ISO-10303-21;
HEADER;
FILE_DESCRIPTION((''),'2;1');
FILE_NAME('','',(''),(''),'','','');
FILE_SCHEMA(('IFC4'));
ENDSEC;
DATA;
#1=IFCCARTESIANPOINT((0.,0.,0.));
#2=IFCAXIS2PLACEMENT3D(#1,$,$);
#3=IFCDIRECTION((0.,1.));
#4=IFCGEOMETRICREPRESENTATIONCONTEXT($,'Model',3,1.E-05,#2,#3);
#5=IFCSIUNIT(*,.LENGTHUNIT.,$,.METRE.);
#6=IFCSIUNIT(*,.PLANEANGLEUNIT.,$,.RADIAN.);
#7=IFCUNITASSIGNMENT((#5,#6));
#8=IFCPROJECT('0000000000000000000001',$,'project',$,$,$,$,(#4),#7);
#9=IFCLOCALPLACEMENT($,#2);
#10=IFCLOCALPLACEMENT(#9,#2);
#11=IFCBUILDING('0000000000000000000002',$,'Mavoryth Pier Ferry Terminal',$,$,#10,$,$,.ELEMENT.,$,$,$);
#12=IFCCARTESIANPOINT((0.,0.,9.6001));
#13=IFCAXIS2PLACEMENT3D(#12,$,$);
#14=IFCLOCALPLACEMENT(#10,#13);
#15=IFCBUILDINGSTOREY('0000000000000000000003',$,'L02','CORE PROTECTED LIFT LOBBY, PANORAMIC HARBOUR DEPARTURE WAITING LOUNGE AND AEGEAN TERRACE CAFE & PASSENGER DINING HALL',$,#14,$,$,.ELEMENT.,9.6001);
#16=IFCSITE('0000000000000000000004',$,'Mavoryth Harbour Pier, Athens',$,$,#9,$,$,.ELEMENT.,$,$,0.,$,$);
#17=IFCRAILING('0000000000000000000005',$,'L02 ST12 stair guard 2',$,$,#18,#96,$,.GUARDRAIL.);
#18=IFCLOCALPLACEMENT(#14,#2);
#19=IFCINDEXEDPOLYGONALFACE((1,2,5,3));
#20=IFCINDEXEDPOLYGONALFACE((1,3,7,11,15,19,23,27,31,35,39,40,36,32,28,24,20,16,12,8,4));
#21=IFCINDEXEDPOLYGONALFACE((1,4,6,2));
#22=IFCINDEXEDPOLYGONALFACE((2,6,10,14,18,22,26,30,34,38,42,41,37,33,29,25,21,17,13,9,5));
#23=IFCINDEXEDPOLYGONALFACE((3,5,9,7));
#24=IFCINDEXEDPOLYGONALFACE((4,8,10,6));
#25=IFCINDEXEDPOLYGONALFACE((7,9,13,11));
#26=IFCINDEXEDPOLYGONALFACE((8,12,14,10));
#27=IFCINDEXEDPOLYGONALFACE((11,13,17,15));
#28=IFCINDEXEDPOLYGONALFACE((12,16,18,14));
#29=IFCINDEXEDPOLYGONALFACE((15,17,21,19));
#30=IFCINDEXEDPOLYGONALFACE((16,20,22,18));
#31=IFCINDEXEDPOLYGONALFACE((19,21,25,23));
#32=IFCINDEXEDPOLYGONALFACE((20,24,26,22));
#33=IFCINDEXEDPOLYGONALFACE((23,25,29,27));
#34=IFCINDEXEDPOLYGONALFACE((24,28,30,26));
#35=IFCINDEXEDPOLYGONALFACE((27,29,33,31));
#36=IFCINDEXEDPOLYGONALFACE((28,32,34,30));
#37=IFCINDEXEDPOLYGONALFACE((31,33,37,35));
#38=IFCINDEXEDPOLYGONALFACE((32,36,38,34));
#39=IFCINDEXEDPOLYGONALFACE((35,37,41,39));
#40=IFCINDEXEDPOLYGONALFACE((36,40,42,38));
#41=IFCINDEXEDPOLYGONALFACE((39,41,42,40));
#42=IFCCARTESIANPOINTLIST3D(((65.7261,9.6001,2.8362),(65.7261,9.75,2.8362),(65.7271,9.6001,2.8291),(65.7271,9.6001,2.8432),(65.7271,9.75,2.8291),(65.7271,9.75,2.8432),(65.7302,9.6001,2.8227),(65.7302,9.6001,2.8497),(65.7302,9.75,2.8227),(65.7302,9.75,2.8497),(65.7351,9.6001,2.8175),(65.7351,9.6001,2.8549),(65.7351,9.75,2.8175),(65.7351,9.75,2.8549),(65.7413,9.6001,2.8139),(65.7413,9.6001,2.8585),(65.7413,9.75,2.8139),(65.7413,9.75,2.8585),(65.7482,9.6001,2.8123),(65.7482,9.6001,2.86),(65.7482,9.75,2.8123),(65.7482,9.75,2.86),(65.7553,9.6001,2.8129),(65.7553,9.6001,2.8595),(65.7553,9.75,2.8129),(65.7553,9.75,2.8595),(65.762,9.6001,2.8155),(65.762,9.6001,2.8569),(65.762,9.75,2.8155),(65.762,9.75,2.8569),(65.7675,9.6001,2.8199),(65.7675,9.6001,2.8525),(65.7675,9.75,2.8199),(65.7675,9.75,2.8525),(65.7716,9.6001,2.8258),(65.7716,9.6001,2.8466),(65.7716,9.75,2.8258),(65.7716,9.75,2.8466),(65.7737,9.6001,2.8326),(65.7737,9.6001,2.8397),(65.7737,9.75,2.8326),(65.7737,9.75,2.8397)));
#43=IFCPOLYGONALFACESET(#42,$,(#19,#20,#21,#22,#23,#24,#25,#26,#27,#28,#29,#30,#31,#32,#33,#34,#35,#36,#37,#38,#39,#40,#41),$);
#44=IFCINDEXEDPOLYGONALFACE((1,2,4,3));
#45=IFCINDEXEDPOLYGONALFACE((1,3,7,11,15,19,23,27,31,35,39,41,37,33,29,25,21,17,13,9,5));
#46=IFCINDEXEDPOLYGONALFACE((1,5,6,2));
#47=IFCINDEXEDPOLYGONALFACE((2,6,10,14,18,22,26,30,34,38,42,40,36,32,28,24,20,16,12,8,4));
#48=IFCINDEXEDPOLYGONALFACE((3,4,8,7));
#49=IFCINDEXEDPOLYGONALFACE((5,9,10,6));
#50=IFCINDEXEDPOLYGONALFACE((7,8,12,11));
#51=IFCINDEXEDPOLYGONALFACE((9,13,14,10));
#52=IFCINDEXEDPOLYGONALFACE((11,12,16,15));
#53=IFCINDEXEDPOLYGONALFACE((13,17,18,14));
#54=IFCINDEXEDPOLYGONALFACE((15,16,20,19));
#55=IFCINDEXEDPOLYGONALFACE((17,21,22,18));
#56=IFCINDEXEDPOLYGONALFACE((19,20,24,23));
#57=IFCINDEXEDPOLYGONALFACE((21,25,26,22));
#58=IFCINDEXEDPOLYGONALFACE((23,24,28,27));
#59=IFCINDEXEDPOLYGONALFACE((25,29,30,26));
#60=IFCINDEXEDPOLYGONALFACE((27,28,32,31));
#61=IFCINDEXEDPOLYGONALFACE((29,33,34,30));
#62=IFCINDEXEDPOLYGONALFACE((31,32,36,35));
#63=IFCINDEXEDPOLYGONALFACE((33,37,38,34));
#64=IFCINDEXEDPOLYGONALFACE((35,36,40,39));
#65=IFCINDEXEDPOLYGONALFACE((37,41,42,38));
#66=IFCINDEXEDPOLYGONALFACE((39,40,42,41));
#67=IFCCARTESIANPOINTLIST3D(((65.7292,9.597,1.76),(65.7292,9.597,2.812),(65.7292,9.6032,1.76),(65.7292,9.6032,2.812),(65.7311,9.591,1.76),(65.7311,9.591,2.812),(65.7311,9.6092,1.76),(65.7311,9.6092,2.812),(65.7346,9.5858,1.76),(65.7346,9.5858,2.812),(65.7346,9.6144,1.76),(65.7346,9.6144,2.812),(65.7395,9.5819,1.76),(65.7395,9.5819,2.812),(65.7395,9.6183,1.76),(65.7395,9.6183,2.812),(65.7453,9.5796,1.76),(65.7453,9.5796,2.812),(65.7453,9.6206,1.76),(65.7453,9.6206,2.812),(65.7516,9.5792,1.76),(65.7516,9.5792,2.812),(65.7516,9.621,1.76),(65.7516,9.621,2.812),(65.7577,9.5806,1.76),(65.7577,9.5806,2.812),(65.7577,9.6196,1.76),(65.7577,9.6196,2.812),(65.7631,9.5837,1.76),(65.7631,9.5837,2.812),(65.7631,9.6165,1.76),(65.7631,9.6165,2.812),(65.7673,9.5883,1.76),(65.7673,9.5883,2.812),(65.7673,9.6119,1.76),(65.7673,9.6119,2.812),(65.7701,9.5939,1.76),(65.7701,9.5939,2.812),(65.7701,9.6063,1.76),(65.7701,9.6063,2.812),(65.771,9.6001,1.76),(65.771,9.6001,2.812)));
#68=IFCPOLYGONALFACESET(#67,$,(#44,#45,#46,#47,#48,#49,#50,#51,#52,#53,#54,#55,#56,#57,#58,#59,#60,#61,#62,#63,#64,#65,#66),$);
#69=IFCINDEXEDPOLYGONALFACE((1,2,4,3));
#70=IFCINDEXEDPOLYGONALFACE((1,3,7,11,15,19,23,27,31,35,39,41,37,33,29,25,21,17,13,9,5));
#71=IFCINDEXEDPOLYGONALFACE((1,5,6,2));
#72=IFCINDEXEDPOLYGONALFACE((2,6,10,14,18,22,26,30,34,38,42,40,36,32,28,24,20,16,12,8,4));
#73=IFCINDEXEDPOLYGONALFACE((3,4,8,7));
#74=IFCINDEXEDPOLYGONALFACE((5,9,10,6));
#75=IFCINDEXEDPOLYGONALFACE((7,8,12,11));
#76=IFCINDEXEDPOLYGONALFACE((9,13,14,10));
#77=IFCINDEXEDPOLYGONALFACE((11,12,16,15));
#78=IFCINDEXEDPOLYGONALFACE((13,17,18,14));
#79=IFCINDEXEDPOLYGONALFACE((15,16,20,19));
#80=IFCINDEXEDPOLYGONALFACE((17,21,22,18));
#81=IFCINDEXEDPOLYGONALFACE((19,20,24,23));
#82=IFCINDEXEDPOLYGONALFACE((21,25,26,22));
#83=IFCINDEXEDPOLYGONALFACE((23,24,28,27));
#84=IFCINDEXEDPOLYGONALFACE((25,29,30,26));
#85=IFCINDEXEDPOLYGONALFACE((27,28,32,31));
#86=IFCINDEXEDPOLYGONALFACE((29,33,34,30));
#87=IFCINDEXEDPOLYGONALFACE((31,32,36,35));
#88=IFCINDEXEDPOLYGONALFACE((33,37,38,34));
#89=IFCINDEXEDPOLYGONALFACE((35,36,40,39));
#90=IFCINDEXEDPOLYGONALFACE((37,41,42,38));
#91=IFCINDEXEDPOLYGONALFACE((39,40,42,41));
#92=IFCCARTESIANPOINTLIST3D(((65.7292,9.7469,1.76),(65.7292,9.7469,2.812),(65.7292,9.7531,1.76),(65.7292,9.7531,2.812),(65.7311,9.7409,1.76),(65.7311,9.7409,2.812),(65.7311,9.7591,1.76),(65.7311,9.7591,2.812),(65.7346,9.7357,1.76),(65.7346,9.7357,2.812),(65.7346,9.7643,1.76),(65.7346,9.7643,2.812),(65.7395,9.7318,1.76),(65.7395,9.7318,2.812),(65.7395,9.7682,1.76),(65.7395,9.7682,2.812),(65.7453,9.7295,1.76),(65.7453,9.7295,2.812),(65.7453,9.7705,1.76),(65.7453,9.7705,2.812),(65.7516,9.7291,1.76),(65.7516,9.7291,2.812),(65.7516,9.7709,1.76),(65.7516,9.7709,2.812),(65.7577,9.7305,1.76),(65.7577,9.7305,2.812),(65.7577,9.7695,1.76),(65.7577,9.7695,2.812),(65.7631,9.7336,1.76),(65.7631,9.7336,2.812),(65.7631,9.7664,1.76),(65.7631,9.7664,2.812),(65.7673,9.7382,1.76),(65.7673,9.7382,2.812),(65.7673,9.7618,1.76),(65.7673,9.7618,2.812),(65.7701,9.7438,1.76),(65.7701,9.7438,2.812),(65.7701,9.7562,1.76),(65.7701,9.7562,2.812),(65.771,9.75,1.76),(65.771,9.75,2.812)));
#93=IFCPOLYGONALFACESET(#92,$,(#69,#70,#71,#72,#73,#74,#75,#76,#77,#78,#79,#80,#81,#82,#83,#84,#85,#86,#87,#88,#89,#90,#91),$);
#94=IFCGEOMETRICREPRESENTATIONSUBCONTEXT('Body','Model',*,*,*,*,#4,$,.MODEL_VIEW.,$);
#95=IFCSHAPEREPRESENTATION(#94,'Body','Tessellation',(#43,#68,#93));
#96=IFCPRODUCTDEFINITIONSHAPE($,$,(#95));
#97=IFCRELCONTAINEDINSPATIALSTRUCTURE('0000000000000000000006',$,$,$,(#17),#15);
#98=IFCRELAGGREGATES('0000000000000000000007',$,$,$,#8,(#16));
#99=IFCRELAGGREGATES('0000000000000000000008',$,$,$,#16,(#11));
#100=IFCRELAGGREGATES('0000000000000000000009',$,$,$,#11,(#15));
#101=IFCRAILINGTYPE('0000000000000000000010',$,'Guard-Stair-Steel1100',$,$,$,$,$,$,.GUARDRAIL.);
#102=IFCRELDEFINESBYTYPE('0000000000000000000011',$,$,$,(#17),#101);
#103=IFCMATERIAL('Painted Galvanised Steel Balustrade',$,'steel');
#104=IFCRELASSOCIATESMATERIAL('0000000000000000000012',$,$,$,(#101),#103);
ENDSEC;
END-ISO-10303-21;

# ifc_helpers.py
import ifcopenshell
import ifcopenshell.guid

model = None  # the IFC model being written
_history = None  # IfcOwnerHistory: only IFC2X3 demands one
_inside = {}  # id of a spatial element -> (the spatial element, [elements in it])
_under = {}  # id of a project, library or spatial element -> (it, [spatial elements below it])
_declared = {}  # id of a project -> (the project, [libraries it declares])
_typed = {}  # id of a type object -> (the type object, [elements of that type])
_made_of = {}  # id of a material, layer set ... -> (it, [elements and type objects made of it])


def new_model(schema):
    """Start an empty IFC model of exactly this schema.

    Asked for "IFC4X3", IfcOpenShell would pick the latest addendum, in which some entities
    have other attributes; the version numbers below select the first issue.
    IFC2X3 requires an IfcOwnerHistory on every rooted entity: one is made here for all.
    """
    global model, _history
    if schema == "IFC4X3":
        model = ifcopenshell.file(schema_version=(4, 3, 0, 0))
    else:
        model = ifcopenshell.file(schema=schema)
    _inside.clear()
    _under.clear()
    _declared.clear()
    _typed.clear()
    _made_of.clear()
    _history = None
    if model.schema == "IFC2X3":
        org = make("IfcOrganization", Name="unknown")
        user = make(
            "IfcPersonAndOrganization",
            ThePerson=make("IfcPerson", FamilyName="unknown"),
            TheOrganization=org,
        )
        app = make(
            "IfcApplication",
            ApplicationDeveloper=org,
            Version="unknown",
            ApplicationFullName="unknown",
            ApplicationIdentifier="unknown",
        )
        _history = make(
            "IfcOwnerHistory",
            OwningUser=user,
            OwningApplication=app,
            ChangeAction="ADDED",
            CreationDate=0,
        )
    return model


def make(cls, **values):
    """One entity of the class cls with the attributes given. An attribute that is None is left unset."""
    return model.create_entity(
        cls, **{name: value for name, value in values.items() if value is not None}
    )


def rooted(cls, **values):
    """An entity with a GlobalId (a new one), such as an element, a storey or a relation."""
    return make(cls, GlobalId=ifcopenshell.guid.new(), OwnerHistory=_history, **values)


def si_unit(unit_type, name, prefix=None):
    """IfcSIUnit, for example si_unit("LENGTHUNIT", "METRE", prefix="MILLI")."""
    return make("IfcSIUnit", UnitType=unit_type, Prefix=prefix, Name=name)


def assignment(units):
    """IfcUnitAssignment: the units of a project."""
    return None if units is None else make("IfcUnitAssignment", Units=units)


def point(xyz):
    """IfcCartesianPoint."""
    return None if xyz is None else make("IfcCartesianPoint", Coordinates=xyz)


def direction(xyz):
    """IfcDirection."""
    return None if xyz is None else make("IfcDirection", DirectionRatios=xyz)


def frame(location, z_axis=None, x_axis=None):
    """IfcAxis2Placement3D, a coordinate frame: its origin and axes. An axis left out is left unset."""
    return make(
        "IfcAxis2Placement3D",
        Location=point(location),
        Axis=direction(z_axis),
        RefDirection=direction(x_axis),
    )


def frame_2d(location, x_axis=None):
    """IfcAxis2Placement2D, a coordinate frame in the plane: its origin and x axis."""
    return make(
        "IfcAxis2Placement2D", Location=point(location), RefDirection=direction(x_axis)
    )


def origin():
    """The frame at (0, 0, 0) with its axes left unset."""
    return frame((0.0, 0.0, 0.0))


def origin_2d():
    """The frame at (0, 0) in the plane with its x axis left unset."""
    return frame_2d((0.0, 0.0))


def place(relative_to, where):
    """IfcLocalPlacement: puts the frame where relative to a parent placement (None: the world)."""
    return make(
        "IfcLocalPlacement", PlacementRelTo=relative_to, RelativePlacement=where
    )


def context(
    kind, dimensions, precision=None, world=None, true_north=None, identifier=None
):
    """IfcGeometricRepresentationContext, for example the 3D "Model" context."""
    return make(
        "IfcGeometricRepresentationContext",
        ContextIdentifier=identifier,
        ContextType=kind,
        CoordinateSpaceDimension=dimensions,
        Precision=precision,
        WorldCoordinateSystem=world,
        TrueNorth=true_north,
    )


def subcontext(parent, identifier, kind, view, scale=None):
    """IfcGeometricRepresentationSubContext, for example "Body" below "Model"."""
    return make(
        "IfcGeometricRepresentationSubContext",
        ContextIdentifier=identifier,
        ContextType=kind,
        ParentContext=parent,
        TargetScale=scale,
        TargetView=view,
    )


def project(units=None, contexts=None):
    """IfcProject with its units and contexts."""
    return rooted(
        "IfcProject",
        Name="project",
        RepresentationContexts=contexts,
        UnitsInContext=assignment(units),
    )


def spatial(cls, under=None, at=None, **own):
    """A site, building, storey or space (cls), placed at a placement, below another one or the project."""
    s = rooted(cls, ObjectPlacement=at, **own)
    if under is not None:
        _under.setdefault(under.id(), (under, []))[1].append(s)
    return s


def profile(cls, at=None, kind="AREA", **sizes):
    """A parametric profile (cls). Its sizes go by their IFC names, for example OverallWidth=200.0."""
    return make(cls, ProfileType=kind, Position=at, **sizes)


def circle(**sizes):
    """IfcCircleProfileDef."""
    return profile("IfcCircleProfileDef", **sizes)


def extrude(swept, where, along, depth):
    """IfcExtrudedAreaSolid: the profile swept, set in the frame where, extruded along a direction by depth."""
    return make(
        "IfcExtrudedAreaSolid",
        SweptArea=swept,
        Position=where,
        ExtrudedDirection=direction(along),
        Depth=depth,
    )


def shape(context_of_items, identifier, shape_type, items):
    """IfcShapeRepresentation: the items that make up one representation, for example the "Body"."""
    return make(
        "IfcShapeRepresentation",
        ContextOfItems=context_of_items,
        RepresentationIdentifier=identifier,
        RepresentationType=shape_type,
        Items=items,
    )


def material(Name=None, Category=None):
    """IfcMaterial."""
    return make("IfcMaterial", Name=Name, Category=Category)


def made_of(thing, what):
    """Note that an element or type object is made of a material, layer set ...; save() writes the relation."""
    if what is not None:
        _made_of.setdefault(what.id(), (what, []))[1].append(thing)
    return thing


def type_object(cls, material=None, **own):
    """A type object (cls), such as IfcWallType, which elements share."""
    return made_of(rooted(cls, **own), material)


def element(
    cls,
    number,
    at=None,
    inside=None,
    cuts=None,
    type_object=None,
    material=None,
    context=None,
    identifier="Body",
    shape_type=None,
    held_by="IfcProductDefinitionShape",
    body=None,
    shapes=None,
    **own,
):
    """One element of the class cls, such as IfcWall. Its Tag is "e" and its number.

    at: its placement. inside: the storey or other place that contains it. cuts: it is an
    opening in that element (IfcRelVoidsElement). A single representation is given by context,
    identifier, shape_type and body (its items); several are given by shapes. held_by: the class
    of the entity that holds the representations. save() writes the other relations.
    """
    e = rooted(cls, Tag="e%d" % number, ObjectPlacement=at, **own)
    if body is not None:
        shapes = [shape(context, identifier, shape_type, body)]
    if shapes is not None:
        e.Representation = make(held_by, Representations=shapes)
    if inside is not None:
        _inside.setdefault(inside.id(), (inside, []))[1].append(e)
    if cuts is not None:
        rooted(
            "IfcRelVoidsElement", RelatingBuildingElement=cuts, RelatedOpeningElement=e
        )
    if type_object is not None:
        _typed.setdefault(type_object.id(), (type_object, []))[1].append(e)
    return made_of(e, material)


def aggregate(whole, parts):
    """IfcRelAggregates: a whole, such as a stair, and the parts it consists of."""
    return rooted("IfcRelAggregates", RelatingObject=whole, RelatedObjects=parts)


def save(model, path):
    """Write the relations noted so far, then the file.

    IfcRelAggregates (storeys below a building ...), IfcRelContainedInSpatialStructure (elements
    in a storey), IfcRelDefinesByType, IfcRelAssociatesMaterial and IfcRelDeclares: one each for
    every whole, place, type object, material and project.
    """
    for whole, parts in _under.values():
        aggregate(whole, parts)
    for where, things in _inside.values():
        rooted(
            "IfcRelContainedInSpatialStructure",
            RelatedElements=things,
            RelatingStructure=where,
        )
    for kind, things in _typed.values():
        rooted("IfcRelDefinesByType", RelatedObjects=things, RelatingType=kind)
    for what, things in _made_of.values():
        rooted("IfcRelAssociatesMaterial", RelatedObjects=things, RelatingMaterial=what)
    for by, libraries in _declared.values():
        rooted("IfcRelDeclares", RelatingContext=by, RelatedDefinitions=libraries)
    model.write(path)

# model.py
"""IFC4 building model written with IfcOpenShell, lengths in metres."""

from ifc_helpers import new_model, si_unit, direction, frame, origin, origin_2d, place, context, subcontext, project, spatial, circle, extrude, material, type_object, element, save


model = new_model("IFC4")

# Units and contexts
model_context = context("Model", 3, precision=1e-05, world=origin(), true_north=direction((0.0, 1.0)))
body_context = subcontext(model_context, "Body", "Model", "MODEL_VIEW")
ifc_project = project(units=[si_unit("LENGTHUNIT", "METRE"), si_unit("PLANEANGLEUNIT", "RADIAN")], contexts=[model_context])

# Site, building, storey
site_placement = place(None, origin())
site = spatial("IfcSite", under=ifc_project, at=site_placement, Name="Mavoryth Harbour Pier, Athens", CompositionType="ELEMENT", RefElevation=0.0)
building_placement = place(site_placement, origin())
building = spatial("IfcBuilding", under=site, at=building_placement, Name="Mavoryth Pier Ferry Terminal", CompositionType="ELEMENT")
storey_placement = place(building_placement, frame((0.0, 0.0, 9.6001)))
storey = spatial("IfcBuildingStorey", under=building, at=storey_placement, Name="L02", Description="CORE PROTECTED LIFT LOBBY, PANORAMIC HARBOUR DEPARTURE WAITING LOUNGE AND AEGEAN TERRACE CAFE & PASSENGER DINING HALL", CompositionType="ELEMENT", Elevation=9.6001)

# Railing
ifc_material_1 = material(Name="Painted Galvanised Steel Balustrade", Category="steel")
railing_type = type_object("IfcRailingType", Name="Guard-Stair-Steel1100", PredefinedType="GUARDRAIL", material=ifc_material_1)
railing_placement = place(storey_placement, frame((65.75, 9.6001, 1.76)))
element("IfcRailing", 1, at=railing_placement, inside=storey, type_object=railing_type, Name="L02 ST12 stair guard 2", PredefinedType="GUARDRAIL", context=body_context, shape_type="SweptSolid", body=[
    extrude(circle(Radius=0.0239, at=origin_2d()), frame((0.0, 0.0, 1.0762), z_axis=(0.0, 1.0, 0.0), x_axis=(-1.0, 0.0, 0.0)), (0.0, 0.0, 1.0), 0.1499),
    extrude(circle(Radius=0.021, at=origin_2d()), origin(), (0.0, 0.0, 1.0), 1.052),
    extrude(circle(Radius=0.021, at=origin_2d()), frame((0.0, 0.1499, 0.0)), (0.0, 0.0, 1.0), 1.052),
])

save(model, "model.ifc")
